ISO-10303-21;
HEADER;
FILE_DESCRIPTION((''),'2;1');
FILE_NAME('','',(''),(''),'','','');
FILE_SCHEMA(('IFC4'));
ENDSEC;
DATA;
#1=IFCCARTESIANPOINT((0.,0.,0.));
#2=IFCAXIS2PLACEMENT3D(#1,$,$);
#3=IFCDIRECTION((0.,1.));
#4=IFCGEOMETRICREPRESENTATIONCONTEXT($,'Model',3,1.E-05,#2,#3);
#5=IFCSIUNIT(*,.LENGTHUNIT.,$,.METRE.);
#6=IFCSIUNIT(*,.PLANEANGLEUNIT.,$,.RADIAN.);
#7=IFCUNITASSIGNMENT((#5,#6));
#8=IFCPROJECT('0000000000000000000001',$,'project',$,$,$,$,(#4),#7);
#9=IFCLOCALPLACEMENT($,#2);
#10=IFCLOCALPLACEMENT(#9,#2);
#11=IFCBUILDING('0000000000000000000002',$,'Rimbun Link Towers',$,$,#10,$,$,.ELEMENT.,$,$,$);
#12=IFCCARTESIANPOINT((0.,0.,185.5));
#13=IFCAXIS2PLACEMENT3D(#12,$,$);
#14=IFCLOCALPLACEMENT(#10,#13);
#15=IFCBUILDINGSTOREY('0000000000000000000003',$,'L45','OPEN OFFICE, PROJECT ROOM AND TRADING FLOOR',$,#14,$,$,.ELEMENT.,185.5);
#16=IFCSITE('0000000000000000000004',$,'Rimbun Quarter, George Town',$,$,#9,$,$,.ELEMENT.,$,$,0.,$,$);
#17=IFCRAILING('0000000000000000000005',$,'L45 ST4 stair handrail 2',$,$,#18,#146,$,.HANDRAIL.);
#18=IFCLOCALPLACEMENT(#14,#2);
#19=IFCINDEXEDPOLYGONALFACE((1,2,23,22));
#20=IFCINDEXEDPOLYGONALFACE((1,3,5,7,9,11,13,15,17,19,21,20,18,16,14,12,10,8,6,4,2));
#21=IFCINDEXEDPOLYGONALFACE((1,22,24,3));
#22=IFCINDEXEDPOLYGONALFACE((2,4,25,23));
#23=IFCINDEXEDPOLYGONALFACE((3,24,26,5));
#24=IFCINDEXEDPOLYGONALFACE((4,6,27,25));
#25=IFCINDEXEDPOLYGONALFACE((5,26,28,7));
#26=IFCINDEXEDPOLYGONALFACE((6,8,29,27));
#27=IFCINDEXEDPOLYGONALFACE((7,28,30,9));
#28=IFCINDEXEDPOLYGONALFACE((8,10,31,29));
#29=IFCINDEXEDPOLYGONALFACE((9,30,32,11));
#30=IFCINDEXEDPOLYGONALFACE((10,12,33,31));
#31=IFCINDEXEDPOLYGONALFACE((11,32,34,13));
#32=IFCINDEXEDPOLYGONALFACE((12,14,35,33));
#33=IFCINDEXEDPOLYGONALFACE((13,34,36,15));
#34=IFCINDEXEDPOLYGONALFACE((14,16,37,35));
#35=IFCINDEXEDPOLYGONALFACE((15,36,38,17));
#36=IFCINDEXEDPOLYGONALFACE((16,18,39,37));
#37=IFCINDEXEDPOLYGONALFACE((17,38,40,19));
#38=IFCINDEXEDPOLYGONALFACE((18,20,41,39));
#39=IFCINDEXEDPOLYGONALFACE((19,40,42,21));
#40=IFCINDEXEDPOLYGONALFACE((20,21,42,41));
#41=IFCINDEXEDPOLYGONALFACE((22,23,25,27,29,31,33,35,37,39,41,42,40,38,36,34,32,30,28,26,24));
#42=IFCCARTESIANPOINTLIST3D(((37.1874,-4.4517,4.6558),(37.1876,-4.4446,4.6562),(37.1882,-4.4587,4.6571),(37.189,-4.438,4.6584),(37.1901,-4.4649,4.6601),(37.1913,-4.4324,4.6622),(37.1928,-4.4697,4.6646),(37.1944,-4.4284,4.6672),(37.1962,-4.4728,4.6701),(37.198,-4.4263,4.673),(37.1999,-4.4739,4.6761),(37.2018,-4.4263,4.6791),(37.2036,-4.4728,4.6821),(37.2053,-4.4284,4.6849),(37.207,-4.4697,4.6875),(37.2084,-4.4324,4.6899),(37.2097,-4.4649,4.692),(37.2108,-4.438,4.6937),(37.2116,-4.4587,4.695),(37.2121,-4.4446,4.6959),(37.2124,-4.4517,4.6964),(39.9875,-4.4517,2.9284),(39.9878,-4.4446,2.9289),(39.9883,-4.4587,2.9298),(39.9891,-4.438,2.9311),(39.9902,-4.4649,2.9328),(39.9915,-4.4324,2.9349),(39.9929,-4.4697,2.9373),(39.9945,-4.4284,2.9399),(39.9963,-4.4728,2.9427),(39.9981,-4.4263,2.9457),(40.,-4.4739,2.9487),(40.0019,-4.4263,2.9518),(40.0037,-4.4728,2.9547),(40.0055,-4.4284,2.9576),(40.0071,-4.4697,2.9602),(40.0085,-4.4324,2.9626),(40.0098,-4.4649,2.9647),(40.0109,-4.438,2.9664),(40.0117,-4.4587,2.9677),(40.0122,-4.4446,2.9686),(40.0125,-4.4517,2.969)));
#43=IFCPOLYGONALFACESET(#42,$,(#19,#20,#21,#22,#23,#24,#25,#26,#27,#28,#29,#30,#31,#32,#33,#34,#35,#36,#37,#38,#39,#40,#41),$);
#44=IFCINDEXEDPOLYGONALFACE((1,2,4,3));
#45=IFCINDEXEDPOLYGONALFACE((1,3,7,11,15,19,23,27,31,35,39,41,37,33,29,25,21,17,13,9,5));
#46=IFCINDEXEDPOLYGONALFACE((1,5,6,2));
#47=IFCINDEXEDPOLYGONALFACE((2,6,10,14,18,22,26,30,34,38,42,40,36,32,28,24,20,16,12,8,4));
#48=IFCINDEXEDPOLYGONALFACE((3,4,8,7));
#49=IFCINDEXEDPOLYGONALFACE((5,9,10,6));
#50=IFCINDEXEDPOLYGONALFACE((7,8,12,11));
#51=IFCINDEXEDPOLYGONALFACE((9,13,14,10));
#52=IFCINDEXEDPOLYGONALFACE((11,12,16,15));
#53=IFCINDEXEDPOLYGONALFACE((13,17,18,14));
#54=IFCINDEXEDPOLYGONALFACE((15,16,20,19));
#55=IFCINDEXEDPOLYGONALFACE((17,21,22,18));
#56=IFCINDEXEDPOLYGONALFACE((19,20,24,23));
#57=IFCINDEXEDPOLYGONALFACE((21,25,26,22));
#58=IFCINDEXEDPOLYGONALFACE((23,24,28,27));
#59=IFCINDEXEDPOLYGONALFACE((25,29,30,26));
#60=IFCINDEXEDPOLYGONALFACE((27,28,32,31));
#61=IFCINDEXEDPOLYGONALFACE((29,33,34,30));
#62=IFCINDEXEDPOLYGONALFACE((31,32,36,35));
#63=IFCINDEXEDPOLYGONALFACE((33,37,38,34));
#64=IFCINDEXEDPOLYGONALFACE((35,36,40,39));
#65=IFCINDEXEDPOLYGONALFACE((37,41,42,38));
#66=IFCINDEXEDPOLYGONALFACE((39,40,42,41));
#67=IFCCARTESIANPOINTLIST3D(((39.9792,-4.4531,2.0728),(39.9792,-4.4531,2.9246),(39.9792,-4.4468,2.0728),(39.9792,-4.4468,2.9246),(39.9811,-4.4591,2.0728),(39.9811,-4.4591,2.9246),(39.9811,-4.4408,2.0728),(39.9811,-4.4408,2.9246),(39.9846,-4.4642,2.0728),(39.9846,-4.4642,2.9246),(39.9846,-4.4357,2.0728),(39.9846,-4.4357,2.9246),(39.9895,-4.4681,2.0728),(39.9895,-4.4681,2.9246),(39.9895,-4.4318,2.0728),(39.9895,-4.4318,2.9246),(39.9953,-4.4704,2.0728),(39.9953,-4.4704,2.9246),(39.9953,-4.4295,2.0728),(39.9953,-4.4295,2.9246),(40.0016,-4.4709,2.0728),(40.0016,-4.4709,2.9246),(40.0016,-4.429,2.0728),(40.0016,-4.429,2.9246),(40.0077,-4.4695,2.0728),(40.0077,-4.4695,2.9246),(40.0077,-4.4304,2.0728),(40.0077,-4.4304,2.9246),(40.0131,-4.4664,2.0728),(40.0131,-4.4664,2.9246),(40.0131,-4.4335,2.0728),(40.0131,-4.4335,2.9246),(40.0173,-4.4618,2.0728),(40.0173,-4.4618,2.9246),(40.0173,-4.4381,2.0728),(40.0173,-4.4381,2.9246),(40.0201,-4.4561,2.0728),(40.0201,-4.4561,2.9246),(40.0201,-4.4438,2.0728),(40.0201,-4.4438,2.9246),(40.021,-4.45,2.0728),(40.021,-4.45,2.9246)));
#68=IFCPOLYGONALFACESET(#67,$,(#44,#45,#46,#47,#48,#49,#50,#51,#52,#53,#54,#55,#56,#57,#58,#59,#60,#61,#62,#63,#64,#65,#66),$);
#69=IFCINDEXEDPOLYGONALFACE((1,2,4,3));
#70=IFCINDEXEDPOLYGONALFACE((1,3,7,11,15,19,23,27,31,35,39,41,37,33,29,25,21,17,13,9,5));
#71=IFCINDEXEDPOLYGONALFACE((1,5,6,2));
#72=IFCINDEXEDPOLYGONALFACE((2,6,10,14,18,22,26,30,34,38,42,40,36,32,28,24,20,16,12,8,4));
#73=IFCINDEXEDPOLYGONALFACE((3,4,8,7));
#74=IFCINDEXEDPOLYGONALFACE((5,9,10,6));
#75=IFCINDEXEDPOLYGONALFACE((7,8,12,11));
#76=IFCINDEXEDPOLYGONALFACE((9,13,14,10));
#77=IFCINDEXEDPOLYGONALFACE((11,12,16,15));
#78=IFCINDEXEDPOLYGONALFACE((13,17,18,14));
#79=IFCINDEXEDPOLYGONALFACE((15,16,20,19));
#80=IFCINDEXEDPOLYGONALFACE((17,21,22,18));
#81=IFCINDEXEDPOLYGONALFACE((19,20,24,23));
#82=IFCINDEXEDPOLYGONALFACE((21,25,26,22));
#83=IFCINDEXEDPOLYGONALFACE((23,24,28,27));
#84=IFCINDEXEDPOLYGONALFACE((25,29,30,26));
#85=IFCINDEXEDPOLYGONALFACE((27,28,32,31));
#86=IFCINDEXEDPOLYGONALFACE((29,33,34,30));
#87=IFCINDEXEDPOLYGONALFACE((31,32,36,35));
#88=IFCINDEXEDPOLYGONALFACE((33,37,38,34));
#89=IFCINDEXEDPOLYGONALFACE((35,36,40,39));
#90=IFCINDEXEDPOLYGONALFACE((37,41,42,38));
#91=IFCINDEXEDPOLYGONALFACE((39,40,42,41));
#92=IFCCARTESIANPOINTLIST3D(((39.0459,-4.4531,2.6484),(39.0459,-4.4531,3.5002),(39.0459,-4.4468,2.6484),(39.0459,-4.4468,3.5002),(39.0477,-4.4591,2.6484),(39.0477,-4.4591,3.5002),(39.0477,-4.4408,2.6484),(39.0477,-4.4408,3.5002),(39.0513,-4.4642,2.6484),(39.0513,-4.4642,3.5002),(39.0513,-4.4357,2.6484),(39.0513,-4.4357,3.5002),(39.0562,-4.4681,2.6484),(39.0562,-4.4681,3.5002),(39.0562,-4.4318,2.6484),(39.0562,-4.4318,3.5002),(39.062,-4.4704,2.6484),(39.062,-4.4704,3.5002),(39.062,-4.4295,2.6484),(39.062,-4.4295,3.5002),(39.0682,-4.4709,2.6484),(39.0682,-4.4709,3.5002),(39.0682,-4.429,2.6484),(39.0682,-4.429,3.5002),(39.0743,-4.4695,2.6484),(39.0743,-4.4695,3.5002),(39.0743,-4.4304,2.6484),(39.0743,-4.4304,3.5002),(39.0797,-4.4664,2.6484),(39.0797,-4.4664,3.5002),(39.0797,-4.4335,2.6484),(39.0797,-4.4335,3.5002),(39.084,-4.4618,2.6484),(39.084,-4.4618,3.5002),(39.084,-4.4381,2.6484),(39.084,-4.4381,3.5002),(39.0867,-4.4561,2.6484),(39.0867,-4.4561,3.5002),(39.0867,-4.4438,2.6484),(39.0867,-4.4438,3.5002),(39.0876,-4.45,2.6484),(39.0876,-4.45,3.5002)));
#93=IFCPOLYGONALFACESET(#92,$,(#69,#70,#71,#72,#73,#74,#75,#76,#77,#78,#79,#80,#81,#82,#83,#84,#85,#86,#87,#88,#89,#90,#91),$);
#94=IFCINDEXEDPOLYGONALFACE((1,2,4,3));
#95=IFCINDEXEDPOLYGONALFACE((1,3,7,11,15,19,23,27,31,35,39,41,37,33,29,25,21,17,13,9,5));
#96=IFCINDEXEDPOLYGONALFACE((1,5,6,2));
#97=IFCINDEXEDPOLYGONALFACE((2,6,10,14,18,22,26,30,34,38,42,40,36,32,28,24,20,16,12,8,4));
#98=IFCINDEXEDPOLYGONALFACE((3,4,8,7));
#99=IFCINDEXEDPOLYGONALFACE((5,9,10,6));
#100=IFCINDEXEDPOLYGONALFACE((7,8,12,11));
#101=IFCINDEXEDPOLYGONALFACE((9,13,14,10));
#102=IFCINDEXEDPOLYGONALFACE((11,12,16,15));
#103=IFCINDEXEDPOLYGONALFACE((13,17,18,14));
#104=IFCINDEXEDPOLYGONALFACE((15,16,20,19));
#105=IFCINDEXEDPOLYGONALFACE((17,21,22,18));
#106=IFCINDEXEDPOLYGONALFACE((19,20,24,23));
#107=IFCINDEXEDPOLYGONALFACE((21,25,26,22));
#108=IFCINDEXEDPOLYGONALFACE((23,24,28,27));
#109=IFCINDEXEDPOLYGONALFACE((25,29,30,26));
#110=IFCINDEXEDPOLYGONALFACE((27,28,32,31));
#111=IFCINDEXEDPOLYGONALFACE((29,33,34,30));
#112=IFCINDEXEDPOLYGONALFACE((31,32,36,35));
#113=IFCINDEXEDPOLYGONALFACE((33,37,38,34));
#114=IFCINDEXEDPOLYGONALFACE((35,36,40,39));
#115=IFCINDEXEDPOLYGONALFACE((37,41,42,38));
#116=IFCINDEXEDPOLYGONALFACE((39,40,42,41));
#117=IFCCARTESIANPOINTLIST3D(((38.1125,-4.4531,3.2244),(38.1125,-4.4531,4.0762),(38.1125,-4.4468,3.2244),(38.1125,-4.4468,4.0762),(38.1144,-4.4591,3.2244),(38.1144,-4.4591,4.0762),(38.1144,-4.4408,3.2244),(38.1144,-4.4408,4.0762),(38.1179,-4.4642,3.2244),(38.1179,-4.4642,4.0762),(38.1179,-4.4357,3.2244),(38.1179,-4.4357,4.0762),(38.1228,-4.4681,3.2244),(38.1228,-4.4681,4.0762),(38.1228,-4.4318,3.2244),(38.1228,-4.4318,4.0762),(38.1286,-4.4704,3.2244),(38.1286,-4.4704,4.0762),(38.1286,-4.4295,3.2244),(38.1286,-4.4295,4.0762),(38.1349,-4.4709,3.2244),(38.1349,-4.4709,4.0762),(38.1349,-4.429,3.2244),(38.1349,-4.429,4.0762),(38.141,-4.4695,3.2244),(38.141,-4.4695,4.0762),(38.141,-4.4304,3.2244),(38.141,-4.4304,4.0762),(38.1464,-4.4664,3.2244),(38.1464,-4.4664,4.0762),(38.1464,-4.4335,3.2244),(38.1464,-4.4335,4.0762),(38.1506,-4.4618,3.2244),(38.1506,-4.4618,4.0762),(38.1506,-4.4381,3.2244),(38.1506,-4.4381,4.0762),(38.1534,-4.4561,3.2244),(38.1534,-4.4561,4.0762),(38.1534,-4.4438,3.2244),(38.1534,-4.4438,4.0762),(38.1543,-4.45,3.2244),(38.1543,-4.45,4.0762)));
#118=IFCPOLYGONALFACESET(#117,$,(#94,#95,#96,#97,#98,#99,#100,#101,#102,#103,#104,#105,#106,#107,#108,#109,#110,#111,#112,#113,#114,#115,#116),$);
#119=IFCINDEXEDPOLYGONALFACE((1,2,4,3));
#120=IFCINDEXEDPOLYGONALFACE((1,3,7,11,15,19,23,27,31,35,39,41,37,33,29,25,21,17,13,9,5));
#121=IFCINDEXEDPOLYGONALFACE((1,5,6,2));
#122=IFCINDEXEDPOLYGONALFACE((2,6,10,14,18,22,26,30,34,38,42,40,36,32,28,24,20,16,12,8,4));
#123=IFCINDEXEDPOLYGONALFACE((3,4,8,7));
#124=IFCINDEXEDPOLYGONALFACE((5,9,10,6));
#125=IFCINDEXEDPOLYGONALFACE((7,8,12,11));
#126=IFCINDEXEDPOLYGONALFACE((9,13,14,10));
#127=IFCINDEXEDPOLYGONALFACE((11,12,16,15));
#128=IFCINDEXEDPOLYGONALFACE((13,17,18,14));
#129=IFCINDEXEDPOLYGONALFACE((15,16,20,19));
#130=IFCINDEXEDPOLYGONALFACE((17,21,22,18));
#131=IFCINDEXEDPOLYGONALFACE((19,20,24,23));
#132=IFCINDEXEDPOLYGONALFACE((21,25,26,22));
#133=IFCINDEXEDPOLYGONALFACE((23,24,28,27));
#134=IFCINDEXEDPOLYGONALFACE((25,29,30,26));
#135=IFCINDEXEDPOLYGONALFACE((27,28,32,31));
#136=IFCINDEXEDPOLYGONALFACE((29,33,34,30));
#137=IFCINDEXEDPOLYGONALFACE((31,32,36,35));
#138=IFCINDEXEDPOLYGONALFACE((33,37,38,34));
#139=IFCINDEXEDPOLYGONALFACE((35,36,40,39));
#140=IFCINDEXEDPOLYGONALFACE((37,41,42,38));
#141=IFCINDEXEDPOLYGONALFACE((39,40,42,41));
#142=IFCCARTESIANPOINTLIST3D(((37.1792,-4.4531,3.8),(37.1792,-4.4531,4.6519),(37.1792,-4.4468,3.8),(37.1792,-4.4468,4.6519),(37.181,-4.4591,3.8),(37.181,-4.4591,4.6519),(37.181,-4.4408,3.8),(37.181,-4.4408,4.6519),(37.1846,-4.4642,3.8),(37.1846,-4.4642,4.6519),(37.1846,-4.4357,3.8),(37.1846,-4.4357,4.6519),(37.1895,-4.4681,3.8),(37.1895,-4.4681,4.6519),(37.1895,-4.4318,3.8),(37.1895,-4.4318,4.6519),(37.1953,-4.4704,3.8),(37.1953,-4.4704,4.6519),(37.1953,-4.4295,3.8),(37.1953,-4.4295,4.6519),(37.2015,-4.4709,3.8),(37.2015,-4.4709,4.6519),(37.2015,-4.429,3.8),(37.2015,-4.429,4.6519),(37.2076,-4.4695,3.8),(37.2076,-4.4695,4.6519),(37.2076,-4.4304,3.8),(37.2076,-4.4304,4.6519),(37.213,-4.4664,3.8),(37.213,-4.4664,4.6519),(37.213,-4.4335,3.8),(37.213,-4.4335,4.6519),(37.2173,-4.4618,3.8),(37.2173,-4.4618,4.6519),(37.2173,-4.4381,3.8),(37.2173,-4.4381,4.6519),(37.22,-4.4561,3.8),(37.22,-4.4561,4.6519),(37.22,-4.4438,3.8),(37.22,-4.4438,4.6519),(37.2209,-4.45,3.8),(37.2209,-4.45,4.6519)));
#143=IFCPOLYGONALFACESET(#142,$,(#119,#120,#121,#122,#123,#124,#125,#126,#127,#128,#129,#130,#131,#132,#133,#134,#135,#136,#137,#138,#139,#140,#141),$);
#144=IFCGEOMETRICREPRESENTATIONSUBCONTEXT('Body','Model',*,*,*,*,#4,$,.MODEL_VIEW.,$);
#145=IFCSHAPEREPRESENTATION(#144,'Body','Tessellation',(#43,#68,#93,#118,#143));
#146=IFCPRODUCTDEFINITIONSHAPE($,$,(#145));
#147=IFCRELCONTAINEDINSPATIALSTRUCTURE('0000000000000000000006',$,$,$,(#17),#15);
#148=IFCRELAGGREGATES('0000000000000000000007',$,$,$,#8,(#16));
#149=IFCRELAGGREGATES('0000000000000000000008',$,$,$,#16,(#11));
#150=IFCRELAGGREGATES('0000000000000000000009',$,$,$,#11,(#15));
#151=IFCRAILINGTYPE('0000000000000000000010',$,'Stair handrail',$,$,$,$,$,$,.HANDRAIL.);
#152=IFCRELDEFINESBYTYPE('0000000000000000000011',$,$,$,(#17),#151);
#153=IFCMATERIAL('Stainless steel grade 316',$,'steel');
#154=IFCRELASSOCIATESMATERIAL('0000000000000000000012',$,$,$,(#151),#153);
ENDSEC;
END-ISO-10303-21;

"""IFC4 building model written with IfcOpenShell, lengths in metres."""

from ifc_helpers import new_model, si_unit, direction, frame, origin, origin_2d, place, context, subcontext, project, spatial, circle, extrude, material, type_object, element, save


model = new_model("IFC4")

# Units and contexts
model_context = context("Model", 3, precision=1e-05, world=origin(), true_north=direction((0.0, 1.0)))
body_context = subcontext(model_context, "Body", "Model", "MODEL_VIEW")
ifc_project = project(units=[si_unit("LENGTHUNIT", "METRE"), si_unit("PLANEANGLEUNIT", "RADIAN")], contexts=[model_context])

# Site, building, storey
site_placement = place(None, origin())
site = spatial("IfcSite", under=ifc_project, at=site_placement, Name="Rimbun Quarter, George Town", CompositionType="ELEMENT", RefElevation=0.0)
building_placement = place(site_placement, origin())
building = spatial("IfcBuilding", under=site, at=building_placement, Name="Rimbun Link Towers", CompositionType="ELEMENT")
storey_placement = place(building_placement, frame((0.0, 0.0, 185.5)))
storey = spatial("IfcBuildingStorey", under=building, at=storey_placement, Name="L45", Description="OPEN OFFICE, PROJECT ROOM AND TRADING FLOOR", CompositionType="ELEMENT", Elevation=185.5)

# Railing
ifc_material_1 = material(Name="Stainless steel grade 316", Category="steel")
railing_type_1 = type_object("IfcRailingType", Name="Stair handrail", PredefinedType="HANDRAIL", material=ifc_material_1)
railing_1_placement = place(storey_placement, frame((40.0, -4.45, 2.0728)))
element("IfcRailing", 1, at=railing_1_placement, inside=storey, type_object=railing_type_1, Name="L45 ST4 stair handrail 2", PredefinedType="HANDRAIL", context=body_context, shape_type="SweptSolid", body=[
    extrude(circle(Radius=0.0239, at=origin_2d()), frame((0.0, 0.0, 0.876), z_axis=(-0.85109, 0.0, 0.52502), x_axis=(0.0, -1.0, 0.0)), (0.0, 0.0, 1.0), 3.29),
    extrude(circle(Radius=0.021, at=origin_2d()), origin(), (0.0, 0.0, 1.0), 0.8518),
    extrude(circle(Radius=0.021, at=origin_2d()), frame((-0.9333, 0.0, 0.5757)), (0.0, 0.0, 1.0), 0.8518),
    extrude(circle(Radius=0.021, at=origin_2d()), frame((-1.8667, 0.0, 1.1516)), (0.0, 0.0, 1.0), 0.8518),
    extrude(circle(Radius=0.021, at=origin_2d()), frame((-2.8, 0.0, 1.7273)), (0.0, 0.0, 1.0), 0.8518),
])

save(model, "model.ifc")
